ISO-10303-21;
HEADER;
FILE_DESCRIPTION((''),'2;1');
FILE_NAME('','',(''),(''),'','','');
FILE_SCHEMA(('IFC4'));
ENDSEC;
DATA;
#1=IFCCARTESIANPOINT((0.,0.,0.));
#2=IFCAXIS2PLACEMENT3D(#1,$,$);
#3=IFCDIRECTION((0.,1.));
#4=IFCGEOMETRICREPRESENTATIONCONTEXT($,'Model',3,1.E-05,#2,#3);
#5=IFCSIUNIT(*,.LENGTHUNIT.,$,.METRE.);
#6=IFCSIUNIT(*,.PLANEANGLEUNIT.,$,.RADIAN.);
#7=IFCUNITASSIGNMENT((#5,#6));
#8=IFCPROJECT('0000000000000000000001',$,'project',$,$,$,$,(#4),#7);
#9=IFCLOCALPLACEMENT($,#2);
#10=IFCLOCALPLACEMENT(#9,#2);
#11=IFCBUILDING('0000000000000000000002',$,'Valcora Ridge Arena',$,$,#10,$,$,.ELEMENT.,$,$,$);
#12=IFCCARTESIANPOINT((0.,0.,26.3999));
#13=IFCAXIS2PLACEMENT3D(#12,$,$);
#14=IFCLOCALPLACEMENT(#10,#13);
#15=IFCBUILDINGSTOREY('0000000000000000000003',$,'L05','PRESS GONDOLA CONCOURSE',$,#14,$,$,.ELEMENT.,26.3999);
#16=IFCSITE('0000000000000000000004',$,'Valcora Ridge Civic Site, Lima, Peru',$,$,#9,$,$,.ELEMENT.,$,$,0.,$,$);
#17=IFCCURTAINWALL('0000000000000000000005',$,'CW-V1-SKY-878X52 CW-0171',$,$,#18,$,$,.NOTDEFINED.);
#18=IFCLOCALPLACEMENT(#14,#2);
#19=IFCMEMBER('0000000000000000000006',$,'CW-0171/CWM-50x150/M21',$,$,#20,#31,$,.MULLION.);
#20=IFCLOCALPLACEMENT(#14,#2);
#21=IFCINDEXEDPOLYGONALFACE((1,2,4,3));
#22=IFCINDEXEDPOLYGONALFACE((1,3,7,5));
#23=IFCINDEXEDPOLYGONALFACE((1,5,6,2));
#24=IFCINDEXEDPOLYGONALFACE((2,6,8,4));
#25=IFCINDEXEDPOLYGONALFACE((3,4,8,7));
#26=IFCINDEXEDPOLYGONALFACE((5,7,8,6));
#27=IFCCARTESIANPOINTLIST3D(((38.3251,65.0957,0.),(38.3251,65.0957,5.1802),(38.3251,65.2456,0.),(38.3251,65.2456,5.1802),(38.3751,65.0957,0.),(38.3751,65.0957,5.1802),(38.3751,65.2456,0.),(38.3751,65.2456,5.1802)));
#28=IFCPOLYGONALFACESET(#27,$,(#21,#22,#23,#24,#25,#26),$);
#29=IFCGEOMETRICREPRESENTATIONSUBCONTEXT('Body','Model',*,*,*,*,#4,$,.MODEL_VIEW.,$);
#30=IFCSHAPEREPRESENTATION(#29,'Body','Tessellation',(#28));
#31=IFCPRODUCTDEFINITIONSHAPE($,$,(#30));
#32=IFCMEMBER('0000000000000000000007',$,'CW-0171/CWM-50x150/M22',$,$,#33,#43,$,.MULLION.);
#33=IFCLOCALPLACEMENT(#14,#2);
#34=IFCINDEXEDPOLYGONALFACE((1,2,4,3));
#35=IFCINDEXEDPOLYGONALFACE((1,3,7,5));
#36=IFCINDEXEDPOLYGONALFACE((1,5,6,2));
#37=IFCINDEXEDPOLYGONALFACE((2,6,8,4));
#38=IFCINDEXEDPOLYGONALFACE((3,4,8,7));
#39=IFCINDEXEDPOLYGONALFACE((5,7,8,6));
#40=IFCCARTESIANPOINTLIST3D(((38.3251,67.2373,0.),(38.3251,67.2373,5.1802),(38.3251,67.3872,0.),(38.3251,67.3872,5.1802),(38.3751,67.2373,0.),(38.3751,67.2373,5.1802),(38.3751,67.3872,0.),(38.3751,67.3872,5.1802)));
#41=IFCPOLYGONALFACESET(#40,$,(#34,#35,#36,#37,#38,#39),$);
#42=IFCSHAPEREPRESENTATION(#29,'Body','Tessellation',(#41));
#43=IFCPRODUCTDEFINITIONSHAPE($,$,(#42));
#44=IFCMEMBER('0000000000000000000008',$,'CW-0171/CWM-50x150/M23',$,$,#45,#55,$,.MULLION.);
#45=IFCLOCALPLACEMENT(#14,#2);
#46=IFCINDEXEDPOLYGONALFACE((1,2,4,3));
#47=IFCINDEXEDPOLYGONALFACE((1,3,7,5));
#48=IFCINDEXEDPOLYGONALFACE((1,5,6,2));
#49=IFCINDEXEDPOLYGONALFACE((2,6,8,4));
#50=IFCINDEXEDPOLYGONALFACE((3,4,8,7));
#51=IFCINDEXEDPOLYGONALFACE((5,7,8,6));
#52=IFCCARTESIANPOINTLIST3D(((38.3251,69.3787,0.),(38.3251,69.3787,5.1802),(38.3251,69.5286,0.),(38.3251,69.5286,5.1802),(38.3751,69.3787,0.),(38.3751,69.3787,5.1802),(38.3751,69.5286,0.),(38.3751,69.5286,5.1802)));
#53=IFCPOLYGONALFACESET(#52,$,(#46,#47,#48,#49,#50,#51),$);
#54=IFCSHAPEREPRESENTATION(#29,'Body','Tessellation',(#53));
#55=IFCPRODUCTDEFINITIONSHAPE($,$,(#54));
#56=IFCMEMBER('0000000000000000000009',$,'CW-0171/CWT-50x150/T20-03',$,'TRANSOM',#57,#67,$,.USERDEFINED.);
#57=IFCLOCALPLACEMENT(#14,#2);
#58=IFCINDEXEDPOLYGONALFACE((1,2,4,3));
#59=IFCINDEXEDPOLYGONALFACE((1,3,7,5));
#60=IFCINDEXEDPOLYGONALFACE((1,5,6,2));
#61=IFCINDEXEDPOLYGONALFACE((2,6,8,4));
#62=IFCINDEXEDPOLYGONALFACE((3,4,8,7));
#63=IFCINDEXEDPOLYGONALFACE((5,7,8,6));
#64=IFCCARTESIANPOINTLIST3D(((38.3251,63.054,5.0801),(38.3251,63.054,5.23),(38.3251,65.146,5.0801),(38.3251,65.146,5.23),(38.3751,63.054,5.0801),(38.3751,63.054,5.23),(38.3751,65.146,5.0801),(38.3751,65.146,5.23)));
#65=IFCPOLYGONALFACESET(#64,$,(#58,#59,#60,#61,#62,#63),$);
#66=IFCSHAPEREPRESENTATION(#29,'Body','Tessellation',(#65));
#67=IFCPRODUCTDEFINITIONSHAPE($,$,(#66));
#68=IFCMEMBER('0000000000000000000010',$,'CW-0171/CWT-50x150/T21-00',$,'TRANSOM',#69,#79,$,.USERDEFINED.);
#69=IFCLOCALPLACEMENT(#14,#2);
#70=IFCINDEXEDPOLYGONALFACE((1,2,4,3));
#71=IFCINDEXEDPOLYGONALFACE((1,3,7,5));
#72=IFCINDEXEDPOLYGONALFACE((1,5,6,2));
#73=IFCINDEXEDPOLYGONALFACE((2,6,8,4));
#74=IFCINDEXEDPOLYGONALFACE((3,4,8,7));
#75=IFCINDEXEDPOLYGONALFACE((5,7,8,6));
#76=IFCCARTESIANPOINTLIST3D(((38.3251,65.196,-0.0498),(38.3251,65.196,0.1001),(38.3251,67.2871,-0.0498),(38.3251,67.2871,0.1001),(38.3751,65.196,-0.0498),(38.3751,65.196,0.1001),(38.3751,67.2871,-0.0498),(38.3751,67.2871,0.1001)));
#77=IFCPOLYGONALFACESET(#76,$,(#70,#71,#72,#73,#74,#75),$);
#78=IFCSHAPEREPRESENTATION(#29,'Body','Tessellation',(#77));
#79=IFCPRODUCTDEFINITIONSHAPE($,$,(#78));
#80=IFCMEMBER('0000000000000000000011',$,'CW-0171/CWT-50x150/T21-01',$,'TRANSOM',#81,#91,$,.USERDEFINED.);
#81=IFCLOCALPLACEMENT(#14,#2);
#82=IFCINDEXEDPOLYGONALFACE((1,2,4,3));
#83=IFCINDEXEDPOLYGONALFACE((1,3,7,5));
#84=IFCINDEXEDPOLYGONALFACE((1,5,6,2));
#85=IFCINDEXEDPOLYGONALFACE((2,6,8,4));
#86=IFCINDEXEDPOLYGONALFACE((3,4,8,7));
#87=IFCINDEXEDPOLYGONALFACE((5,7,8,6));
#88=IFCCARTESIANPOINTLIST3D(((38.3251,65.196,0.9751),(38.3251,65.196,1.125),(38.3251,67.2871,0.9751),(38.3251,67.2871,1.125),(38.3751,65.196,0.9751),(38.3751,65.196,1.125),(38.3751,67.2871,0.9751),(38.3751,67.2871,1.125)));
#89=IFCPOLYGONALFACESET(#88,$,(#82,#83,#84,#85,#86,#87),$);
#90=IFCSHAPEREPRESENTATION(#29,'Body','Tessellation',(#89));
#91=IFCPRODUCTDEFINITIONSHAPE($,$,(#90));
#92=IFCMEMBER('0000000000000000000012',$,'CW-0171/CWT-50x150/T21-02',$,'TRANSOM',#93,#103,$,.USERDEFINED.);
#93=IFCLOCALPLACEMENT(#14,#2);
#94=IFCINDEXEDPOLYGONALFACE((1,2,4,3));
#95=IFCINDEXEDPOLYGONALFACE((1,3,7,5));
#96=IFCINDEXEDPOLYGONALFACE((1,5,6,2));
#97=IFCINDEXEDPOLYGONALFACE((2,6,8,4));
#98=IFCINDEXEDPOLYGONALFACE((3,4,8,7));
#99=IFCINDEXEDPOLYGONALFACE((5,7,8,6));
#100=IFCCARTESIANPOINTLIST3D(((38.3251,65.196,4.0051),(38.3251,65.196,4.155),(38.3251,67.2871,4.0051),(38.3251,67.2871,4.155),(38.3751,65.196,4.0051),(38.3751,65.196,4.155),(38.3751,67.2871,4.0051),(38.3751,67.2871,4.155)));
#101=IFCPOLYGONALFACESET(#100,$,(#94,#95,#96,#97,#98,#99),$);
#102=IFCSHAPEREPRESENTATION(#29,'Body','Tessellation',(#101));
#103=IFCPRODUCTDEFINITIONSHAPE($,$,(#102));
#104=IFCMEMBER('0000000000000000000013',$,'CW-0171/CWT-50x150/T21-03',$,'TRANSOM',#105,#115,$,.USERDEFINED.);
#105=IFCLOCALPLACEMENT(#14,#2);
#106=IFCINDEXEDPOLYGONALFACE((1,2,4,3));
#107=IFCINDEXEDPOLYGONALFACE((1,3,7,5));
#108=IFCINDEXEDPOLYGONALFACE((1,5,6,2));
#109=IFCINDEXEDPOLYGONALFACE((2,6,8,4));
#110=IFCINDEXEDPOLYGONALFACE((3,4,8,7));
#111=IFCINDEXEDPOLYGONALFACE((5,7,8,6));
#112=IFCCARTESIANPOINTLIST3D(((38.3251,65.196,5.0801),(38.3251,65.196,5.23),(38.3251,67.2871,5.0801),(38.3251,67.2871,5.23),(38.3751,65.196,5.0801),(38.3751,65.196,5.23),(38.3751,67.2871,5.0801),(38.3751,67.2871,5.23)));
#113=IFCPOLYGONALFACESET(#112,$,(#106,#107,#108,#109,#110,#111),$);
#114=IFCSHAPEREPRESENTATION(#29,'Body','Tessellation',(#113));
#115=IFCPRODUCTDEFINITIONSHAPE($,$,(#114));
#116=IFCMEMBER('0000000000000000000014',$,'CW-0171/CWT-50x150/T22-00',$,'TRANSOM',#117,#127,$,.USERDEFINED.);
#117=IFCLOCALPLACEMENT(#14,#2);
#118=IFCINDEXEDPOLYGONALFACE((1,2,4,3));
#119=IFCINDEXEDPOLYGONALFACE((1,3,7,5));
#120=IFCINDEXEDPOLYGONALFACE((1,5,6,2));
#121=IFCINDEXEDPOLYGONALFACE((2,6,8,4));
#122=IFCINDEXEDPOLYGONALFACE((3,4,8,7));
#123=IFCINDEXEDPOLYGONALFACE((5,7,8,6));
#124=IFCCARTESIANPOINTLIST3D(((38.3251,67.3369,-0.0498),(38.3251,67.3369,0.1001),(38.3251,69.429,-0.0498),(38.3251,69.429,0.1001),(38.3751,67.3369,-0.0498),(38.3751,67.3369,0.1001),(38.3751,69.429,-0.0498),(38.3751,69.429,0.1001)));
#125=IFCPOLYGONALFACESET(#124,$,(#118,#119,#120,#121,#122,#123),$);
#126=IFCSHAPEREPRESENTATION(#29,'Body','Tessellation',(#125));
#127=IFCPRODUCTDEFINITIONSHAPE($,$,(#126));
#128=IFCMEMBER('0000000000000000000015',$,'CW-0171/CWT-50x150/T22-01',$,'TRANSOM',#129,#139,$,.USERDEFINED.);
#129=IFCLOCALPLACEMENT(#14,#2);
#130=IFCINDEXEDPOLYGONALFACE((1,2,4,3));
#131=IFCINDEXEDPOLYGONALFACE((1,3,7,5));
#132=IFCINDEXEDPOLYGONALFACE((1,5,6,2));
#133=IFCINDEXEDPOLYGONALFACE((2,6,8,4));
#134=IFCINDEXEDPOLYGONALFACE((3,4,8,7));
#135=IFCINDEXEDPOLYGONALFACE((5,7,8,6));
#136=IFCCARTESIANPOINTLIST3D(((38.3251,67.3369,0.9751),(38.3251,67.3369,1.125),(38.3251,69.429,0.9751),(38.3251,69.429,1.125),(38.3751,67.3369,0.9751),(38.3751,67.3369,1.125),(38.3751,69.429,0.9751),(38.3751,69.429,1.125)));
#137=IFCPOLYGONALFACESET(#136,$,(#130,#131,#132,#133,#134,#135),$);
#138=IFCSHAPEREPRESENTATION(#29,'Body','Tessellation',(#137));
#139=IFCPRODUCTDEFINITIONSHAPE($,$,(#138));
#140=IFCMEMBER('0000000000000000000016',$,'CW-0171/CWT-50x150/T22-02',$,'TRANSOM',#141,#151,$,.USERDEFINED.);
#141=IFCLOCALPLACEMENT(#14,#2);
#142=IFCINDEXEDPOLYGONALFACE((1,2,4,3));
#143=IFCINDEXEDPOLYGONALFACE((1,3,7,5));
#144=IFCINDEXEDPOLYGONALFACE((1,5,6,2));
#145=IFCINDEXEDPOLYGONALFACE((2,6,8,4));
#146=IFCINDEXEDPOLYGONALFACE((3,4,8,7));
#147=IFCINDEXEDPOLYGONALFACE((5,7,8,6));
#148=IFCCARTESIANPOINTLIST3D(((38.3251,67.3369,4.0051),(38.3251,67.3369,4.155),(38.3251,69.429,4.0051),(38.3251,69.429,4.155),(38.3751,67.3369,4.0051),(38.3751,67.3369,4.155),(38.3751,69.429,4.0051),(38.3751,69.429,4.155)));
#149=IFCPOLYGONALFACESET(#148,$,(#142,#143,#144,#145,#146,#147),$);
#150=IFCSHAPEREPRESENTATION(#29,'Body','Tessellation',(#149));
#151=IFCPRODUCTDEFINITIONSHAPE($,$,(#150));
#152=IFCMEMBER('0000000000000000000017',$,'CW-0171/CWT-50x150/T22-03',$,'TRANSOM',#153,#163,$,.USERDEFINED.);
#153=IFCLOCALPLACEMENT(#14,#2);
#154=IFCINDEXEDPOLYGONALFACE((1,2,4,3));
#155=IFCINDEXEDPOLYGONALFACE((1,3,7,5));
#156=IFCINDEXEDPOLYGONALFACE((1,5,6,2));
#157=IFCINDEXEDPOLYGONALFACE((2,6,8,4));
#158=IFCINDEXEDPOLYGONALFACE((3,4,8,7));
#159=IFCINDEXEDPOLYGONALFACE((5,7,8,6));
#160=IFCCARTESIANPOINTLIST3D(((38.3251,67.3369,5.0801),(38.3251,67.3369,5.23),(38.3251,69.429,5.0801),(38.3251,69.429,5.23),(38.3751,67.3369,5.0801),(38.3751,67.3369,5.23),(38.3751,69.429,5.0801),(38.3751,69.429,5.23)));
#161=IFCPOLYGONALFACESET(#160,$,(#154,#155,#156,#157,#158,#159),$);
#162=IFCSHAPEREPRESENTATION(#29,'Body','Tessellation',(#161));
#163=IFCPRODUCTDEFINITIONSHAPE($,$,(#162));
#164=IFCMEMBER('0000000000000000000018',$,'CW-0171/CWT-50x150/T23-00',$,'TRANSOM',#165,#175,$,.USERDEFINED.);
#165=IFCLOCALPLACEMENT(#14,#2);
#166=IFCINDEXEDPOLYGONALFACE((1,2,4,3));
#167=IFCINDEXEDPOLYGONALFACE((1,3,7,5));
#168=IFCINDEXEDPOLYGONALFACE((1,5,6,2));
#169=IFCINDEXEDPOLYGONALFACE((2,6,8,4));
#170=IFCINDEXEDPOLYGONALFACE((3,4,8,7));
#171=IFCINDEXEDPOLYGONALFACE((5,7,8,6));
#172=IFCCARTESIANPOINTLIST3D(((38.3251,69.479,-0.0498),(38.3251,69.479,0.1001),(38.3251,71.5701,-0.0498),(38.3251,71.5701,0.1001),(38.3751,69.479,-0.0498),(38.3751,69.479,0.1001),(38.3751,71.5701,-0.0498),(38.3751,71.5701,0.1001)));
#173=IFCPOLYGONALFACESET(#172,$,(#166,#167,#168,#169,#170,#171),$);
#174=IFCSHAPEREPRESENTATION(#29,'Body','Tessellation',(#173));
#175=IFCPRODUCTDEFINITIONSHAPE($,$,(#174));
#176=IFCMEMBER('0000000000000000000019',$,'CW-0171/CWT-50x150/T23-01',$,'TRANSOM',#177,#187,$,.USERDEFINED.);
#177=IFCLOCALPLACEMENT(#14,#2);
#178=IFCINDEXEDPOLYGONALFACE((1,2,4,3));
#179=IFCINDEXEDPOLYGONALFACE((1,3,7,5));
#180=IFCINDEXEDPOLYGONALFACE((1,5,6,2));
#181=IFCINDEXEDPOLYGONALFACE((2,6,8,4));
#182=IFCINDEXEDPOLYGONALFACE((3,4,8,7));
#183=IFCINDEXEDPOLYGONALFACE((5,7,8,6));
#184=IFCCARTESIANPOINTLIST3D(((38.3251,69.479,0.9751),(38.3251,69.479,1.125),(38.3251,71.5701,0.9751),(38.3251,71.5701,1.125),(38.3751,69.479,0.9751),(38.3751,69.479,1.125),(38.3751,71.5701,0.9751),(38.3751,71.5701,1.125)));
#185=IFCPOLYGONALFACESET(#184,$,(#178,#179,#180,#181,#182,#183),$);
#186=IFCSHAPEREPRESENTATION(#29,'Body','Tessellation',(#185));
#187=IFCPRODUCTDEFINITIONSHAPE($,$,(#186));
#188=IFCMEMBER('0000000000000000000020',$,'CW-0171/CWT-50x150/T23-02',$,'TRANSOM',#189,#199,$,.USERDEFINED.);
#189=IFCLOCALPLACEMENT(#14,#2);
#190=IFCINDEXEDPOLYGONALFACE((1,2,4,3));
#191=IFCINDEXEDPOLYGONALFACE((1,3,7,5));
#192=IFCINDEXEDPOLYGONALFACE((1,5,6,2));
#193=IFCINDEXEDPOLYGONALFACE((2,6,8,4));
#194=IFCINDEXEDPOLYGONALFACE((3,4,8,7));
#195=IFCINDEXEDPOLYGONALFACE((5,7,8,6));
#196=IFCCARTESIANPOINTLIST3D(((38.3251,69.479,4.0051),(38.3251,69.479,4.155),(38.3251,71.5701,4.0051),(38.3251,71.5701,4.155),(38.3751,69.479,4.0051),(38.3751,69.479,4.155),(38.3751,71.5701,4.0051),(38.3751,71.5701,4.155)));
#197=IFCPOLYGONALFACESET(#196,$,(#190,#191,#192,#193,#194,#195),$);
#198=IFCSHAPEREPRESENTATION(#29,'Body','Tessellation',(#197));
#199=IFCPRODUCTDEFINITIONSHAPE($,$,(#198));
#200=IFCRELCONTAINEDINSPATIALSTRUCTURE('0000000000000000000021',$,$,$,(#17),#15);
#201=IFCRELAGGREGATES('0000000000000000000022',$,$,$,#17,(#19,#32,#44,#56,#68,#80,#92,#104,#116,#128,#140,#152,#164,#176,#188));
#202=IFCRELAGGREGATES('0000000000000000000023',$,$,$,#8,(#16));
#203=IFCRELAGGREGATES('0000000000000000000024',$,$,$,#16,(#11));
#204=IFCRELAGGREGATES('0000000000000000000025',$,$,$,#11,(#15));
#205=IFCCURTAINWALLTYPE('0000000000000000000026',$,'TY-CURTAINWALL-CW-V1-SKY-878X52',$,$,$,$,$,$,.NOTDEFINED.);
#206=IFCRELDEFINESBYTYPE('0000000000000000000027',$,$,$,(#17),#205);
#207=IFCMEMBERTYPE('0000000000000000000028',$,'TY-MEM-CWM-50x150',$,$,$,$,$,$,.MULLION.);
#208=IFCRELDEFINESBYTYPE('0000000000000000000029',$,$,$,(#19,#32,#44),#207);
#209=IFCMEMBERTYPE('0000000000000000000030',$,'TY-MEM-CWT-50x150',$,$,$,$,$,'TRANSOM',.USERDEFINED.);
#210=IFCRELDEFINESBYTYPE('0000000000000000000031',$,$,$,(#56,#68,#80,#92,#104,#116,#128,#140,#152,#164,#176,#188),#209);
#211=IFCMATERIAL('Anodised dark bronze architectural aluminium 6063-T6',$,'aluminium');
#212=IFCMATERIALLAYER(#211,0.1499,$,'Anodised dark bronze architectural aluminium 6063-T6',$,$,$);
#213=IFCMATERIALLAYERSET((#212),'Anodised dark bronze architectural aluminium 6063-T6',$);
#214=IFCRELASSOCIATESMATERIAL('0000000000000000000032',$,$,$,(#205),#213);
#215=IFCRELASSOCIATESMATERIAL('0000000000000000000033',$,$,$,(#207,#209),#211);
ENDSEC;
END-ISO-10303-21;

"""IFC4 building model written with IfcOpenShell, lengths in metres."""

from ifc_helpers import new_model, si_unit, direction, frame, origin, origin_2d, place, context, subcontext, project, spatial, rectangle, extrude, material, layer, layer_set, material_profile, profile_set, type_object, element, aggregate, save


model = new_model("IFC4")

# Units and contexts
model_context = context("Model", 3, precision=1e-05, world=origin(), true_north=direction((0.0, 1.0)))
body_context = subcontext(model_context, "Body", "Model", "MODEL_VIEW")
ifc_project = project(units=[si_unit("LENGTHUNIT", "METRE"), si_unit("PLANEANGLEUNIT", "RADIAN")], contexts=[model_context])

# Site, building, storey
site_placement = place(None, origin())
site = spatial("IfcSite", under=ifc_project, at=site_placement, Name="Valcora Ridge Civic Site, Lima, Peru", CompositionType="ELEMENT", RefElevation=0.0)
building_placement = place(site_placement, origin())
building = spatial("IfcBuilding", under=site, at=building_placement, Name="Valcora Ridge Arena", CompositionType="ELEMENT")
storey_placement = place(building_placement, frame((0.0, 0.0, 26.3999)))
storey = spatial("IfcBuildingStorey", under=building, at=storey_placement, Name="L05", Description="PRESS GONDOLA CONCOURSE", CompositionType="ELEMENT", Elevation=26.3999)

# Curtain wall, members
ifc_material_1 = material(Name="Anodised dark bronze architectural aluminium 6063-T6", Category="aluminium")
ifc_layer_1 = layer(ifc_material_1, 0.1499, Name="Anodised dark bronze architectural aluminium 6063-T6")
ifc_layer_set_1 = layer_set([ifc_layer_1], Name="Anodised dark bronze architectural aluminium 6063-T6")
curtain_wall_type = type_object("IfcCurtainWallType", Name="TY-CURTAINWALL-CW-V1-SKY-878X52", PredefinedType="NOTDEFINED", material=ifc_layer_set_1)
curtain_wall_placement = place(storey_placement, origin())
curtain_wall = element("IfcCurtainWall", 1, at=curtain_wall_placement, inside=storey, type_object=curtain_wall_type, Name="CW-V1-SKY-878X52 CW-0171", PredefinedType="NOTDEFINED")
ifc_material_profile_1 = material_profile(ifc_material_1, rectangle(XDim=0.05, YDim=0.1499, at=origin_2d()), Name="ALU MULLION 50x150")
ifc_profile_set_1 = profile_set([ifc_material_profile_1], Name="Anodised dark bronze architectural aluminium 6063-T6")
member_type_1 = type_object("IfcMemberType", Name="TY-MEM-CWM-50x150", PredefinedType="MULLION", material=ifc_profile_set_1)
member_1_placement = place(storey_placement, frame((38.3501, 65.1707, 0.0), z_axis=(0.0, 0.0, 1.0), x_axis=(-1.0, 0.0, 0.0)))
member_1 = element("IfcMember", 2, at=member_1_placement, type_object=member_type_1, Name="CW-0171/CWM-50x150/M21", PredefinedType="MULLION", context=body_context, shape_type="SweptSolid", body=[
    extrude(rectangle(XDim=0.05, YDim=0.1499, at=origin_2d()), origin(), (0.0, 0.0, 1.0), 5.1802),
])
member_2_placement = place(storey_placement, frame((38.3501, 67.3123, 0.0), z_axis=(0.0, 0.0, 1.0), x_axis=(-1.0, 0.0, 0.0)))
member_2 = element("IfcMember", 3, at=member_2_placement, type_object=member_type_1, Name="CW-0171/CWM-50x150/M22", PredefinedType="MULLION", context=body_context, shape_type="SweptSolid", body=[
    extrude(rectangle(XDim=0.05, YDim=0.1499, at=origin_2d()), origin(), (0.0, 0.0, 1.0), 5.1802),
])
member_3_placement = place(storey_placement, frame((38.3501, 69.4536, 0.0), z_axis=(0.0, 0.0, 1.0), x_axis=(-1.0, 0.0, 0.0)))
member_3 = element("IfcMember", 4, at=member_3_placement, type_object=member_type_1, Name="CW-0171/CWM-50x150/M23", PredefinedType="MULLION", context=body_context, shape_type="SweptSolid", body=[
    extrude(rectangle(XDim=0.05, YDim=0.1499, at=origin_2d()), origin(), (0.0, 0.0, 1.0), 5.1802),
])
ifc_material_profile_2 = material_profile(ifc_material_1, rectangle(XDim=0.05, YDim=0.1499, at=origin_2d()), Name="ALU TRANSOM 50x150")
ifc_profile_set_2 = profile_set([ifc_material_profile_2], Name="Anodised dark bronze architectural aluminium 6063-T6")
member_type_2 = type_object("IfcMemberType", Name="TY-MEM-CWT-50x150", ElementType="TRANSOM", PredefinedType="USERDEFINED", material=ifc_profile_set_2)
member_4_placement = place(storey_placement, frame((38.3501, 63.054, 5.155), z_axis=(0.0, 1.0, 0.0), x_axis=(-1.0, 0.0, 0.0)))
member_4 = element("IfcMember", 5, at=member_4_placement, type_object=member_type_2, Name="CW-0171/CWT-50x150/T20-03", ObjectType="TRANSOM", PredefinedType="USERDEFINED", context=body_context, shape_type="SweptSolid", body=[
    extrude(rectangle(XDim=0.05, YDim=0.1499, at=origin_2d()), origin(), (0.0, 0.0, 1.0), 2.092),
])
member_5_placement = place(storey_placement, frame((38.3501, 65.196, 0.0251), z_axis=(0.0, 1.0, 0.0), x_axis=(-1.0, 0.0, 0.0)))
member_5 = element("IfcMember", 6, at=member_5_placement, type_object=member_type_2, Name="CW-0171/CWT-50x150/T21-00", ObjectType="TRANSOM", PredefinedType="USERDEFINED", context=body_context, shape_type="SweptSolid", body=[
    extrude(rectangle(XDim=0.05, YDim=0.1499, at=origin_2d()), origin(), (0.0, 0.0, 1.0), 2.0911),
])
member_6_placement = place(storey_placement, frame((38.3501, 65.196, 1.05), z_axis=(0.0, 1.0, 0.0), x_axis=(-1.0, 0.0, 0.0)))
member_6 = element("IfcMember", 7, at=member_6_placement, type_object=member_type_2, Name="CW-0171/CWT-50x150/T21-01", ObjectType="TRANSOM", PredefinedType="USERDEFINED", context=body_context, shape_type="SweptSolid", body=[
    extrude(rectangle(XDim=0.05, YDim=0.1499, at=origin_2d()), origin(), (0.0, 0.0, 1.0), 2.0911),
])
member_7_placement = place(storey_placement, frame((38.3501, 65.196, 4.0801), z_axis=(0.0, 1.0, 0.0), x_axis=(-1.0, 0.0, 0.0)))
member_7 = element("IfcMember", 8, at=member_7_placement, type_object=member_type_2, Name="CW-0171/CWT-50x150/T21-02", ObjectType="TRANSOM", PredefinedType="USERDEFINED", context=body_context, shape_type="SweptSolid", body=[
    extrude(rectangle(XDim=0.05, YDim=0.1499, at=origin_2d()), origin(), (0.0, 0.0, 1.0), 2.0911),
])
member_8_placement = place(storey_placement, frame((38.3501, 65.196, 5.155), z_axis=(0.0, 1.0, 0.0), x_axis=(-1.0, 0.0, 0.0)))
member_8 = element("IfcMember", 9, at=member_8_placement, type_object=member_type_2, Name="CW-0171/CWT-50x150/T21-03", ObjectType="TRANSOM", PredefinedType="USERDEFINED", context=body_context, shape_type="SweptSolid", body=[
    extrude(rectangle(XDim=0.05, YDim=0.1499, at=origin_2d()), origin(), (0.0, 0.0, 1.0), 2.0911),
])
member_9_placement = place(storey_placement, frame((38.3501, 67.3369, 0.0251), z_axis=(0.0, 1.0, 0.0), x_axis=(-1.0, 0.0, 0.0)))
member_9 = element("IfcMember", 10, at=member_9_placement, type_object=member_type_2, Name="CW-0171/CWT-50x150/T22-00", ObjectType="TRANSOM", PredefinedType="USERDEFINED", context=body_context, shape_type="SweptSolid", body=[
    extrude(rectangle(XDim=0.05, YDim=0.1499, at=origin_2d()), origin(), (0.0, 0.0, 1.0), 2.092),
])
member_10_placement = place(storey_placement, frame((38.3501, 67.3369, 1.05), z_axis=(0.0, 1.0, 0.0), x_axis=(-1.0, 0.0, 0.0)))
member_10 = element("IfcMember", 11, at=member_10_placement, type_object=member_type_2, Name="CW-0171/CWT-50x150/T22-01", ObjectType="TRANSOM", PredefinedType="USERDEFINED", context=body_context, shape_type="SweptSolid", body=[
    extrude(rectangle(XDim=0.05, YDim=0.1499, at=origin_2d()), origin(), (0.0, 0.0, 1.0), 2.092),
])
member_11_placement = place(storey_placement, frame((38.3501, 67.3369, 4.0801), z_axis=(0.0, 1.0, 0.0), x_axis=(-1.0, 0.0, 0.0)))
member_11 = element("IfcMember", 12, at=member_11_placement, type_object=member_type_2, Name="CW-0171/CWT-50x150/T22-02", ObjectType="TRANSOM", PredefinedType="USERDEFINED", context=body_context, shape_type="SweptSolid", body=[
    extrude(rectangle(XDim=0.05, YDim=0.1499, at=origin_2d()), origin(), (0.0, 0.0, 1.0), 2.092),
])
member_12_placement = place(storey_placement, frame((38.3501, 67.3369, 5.155), z_axis=(0.0, 1.0, 0.0), x_axis=(-1.0, 0.0, 0.0)))
member_12 = element("IfcMember", 13, at=member_12_placement, type_object=member_type_2, Name="CW-0171/CWT-50x150/T22-03", ObjectType="TRANSOM", PredefinedType="USERDEFINED", context=body_context, shape_type="SweptSolid", body=[
    extrude(rectangle(XDim=0.05, YDim=0.1499, at=origin_2d()), origin(), (0.0, 0.0, 1.0), 2.092),
])
member_13_placement = place(storey_placement, frame((38.3501, 69.479, 0.0251), z_axis=(0.0, 1.0, 0.0), x_axis=(-1.0, 0.0, 0.0)))
member_13 = element("IfcMember", 14, at=member_13_placement, type_object=member_type_2, Name="CW-0171/CWT-50x150/T23-00", ObjectType="TRANSOM", PredefinedType="USERDEFINED", context=body_context, shape_type="SweptSolid", body=[
    extrude(rectangle(XDim=0.05, YDim=0.1499, at=origin_2d()), origin(), (0.0, 0.0, 1.0), 2.0911),
])
member_14_placement = place(storey_placement, frame((38.3501, 69.479, 1.05), z_axis=(0.0, 1.0, 0.0), x_axis=(-1.0, 0.0, 0.0)))
member_14 = element("IfcMember", 15, at=member_14_placement, type_object=member_type_2, Name="CW-0171/CWT-50x150/T23-01", ObjectType="TRANSOM", PredefinedType="USERDEFINED", context=body_context, shape_type="SweptSolid", body=[
    extrude(rectangle(XDim=0.05, YDim=0.1499, at=origin_2d()), origin(), (0.0, 0.0, 1.0), 2.0911),
])
member_15_placement = place(storey_placement, frame((38.3501, 69.479, 4.0801), z_axis=(0.0, 1.0, 0.0), x_axis=(-1.0, 0.0, 0.0)))
member_15 = element("IfcMember", 16, at=member_15_placement, type_object=member_type_2, Name="CW-0171/CWT-50x150/T23-02", ObjectType="TRANSOM", PredefinedType="USERDEFINED", context=body_context, shape_type="SweptSolid", body=[
    extrude(rectangle(XDim=0.05, YDim=0.1499, at=origin_2d()), origin(), (0.0, 0.0, 1.0), 2.0911),
])
aggregate(curtain_wall, [member_1, member_2, member_3, member_4, member_5, member_6, member_7, member_8, member_9, member_10, member_11, member_12, member_13, member_14, member_15])

save(model, "model.ifc")
